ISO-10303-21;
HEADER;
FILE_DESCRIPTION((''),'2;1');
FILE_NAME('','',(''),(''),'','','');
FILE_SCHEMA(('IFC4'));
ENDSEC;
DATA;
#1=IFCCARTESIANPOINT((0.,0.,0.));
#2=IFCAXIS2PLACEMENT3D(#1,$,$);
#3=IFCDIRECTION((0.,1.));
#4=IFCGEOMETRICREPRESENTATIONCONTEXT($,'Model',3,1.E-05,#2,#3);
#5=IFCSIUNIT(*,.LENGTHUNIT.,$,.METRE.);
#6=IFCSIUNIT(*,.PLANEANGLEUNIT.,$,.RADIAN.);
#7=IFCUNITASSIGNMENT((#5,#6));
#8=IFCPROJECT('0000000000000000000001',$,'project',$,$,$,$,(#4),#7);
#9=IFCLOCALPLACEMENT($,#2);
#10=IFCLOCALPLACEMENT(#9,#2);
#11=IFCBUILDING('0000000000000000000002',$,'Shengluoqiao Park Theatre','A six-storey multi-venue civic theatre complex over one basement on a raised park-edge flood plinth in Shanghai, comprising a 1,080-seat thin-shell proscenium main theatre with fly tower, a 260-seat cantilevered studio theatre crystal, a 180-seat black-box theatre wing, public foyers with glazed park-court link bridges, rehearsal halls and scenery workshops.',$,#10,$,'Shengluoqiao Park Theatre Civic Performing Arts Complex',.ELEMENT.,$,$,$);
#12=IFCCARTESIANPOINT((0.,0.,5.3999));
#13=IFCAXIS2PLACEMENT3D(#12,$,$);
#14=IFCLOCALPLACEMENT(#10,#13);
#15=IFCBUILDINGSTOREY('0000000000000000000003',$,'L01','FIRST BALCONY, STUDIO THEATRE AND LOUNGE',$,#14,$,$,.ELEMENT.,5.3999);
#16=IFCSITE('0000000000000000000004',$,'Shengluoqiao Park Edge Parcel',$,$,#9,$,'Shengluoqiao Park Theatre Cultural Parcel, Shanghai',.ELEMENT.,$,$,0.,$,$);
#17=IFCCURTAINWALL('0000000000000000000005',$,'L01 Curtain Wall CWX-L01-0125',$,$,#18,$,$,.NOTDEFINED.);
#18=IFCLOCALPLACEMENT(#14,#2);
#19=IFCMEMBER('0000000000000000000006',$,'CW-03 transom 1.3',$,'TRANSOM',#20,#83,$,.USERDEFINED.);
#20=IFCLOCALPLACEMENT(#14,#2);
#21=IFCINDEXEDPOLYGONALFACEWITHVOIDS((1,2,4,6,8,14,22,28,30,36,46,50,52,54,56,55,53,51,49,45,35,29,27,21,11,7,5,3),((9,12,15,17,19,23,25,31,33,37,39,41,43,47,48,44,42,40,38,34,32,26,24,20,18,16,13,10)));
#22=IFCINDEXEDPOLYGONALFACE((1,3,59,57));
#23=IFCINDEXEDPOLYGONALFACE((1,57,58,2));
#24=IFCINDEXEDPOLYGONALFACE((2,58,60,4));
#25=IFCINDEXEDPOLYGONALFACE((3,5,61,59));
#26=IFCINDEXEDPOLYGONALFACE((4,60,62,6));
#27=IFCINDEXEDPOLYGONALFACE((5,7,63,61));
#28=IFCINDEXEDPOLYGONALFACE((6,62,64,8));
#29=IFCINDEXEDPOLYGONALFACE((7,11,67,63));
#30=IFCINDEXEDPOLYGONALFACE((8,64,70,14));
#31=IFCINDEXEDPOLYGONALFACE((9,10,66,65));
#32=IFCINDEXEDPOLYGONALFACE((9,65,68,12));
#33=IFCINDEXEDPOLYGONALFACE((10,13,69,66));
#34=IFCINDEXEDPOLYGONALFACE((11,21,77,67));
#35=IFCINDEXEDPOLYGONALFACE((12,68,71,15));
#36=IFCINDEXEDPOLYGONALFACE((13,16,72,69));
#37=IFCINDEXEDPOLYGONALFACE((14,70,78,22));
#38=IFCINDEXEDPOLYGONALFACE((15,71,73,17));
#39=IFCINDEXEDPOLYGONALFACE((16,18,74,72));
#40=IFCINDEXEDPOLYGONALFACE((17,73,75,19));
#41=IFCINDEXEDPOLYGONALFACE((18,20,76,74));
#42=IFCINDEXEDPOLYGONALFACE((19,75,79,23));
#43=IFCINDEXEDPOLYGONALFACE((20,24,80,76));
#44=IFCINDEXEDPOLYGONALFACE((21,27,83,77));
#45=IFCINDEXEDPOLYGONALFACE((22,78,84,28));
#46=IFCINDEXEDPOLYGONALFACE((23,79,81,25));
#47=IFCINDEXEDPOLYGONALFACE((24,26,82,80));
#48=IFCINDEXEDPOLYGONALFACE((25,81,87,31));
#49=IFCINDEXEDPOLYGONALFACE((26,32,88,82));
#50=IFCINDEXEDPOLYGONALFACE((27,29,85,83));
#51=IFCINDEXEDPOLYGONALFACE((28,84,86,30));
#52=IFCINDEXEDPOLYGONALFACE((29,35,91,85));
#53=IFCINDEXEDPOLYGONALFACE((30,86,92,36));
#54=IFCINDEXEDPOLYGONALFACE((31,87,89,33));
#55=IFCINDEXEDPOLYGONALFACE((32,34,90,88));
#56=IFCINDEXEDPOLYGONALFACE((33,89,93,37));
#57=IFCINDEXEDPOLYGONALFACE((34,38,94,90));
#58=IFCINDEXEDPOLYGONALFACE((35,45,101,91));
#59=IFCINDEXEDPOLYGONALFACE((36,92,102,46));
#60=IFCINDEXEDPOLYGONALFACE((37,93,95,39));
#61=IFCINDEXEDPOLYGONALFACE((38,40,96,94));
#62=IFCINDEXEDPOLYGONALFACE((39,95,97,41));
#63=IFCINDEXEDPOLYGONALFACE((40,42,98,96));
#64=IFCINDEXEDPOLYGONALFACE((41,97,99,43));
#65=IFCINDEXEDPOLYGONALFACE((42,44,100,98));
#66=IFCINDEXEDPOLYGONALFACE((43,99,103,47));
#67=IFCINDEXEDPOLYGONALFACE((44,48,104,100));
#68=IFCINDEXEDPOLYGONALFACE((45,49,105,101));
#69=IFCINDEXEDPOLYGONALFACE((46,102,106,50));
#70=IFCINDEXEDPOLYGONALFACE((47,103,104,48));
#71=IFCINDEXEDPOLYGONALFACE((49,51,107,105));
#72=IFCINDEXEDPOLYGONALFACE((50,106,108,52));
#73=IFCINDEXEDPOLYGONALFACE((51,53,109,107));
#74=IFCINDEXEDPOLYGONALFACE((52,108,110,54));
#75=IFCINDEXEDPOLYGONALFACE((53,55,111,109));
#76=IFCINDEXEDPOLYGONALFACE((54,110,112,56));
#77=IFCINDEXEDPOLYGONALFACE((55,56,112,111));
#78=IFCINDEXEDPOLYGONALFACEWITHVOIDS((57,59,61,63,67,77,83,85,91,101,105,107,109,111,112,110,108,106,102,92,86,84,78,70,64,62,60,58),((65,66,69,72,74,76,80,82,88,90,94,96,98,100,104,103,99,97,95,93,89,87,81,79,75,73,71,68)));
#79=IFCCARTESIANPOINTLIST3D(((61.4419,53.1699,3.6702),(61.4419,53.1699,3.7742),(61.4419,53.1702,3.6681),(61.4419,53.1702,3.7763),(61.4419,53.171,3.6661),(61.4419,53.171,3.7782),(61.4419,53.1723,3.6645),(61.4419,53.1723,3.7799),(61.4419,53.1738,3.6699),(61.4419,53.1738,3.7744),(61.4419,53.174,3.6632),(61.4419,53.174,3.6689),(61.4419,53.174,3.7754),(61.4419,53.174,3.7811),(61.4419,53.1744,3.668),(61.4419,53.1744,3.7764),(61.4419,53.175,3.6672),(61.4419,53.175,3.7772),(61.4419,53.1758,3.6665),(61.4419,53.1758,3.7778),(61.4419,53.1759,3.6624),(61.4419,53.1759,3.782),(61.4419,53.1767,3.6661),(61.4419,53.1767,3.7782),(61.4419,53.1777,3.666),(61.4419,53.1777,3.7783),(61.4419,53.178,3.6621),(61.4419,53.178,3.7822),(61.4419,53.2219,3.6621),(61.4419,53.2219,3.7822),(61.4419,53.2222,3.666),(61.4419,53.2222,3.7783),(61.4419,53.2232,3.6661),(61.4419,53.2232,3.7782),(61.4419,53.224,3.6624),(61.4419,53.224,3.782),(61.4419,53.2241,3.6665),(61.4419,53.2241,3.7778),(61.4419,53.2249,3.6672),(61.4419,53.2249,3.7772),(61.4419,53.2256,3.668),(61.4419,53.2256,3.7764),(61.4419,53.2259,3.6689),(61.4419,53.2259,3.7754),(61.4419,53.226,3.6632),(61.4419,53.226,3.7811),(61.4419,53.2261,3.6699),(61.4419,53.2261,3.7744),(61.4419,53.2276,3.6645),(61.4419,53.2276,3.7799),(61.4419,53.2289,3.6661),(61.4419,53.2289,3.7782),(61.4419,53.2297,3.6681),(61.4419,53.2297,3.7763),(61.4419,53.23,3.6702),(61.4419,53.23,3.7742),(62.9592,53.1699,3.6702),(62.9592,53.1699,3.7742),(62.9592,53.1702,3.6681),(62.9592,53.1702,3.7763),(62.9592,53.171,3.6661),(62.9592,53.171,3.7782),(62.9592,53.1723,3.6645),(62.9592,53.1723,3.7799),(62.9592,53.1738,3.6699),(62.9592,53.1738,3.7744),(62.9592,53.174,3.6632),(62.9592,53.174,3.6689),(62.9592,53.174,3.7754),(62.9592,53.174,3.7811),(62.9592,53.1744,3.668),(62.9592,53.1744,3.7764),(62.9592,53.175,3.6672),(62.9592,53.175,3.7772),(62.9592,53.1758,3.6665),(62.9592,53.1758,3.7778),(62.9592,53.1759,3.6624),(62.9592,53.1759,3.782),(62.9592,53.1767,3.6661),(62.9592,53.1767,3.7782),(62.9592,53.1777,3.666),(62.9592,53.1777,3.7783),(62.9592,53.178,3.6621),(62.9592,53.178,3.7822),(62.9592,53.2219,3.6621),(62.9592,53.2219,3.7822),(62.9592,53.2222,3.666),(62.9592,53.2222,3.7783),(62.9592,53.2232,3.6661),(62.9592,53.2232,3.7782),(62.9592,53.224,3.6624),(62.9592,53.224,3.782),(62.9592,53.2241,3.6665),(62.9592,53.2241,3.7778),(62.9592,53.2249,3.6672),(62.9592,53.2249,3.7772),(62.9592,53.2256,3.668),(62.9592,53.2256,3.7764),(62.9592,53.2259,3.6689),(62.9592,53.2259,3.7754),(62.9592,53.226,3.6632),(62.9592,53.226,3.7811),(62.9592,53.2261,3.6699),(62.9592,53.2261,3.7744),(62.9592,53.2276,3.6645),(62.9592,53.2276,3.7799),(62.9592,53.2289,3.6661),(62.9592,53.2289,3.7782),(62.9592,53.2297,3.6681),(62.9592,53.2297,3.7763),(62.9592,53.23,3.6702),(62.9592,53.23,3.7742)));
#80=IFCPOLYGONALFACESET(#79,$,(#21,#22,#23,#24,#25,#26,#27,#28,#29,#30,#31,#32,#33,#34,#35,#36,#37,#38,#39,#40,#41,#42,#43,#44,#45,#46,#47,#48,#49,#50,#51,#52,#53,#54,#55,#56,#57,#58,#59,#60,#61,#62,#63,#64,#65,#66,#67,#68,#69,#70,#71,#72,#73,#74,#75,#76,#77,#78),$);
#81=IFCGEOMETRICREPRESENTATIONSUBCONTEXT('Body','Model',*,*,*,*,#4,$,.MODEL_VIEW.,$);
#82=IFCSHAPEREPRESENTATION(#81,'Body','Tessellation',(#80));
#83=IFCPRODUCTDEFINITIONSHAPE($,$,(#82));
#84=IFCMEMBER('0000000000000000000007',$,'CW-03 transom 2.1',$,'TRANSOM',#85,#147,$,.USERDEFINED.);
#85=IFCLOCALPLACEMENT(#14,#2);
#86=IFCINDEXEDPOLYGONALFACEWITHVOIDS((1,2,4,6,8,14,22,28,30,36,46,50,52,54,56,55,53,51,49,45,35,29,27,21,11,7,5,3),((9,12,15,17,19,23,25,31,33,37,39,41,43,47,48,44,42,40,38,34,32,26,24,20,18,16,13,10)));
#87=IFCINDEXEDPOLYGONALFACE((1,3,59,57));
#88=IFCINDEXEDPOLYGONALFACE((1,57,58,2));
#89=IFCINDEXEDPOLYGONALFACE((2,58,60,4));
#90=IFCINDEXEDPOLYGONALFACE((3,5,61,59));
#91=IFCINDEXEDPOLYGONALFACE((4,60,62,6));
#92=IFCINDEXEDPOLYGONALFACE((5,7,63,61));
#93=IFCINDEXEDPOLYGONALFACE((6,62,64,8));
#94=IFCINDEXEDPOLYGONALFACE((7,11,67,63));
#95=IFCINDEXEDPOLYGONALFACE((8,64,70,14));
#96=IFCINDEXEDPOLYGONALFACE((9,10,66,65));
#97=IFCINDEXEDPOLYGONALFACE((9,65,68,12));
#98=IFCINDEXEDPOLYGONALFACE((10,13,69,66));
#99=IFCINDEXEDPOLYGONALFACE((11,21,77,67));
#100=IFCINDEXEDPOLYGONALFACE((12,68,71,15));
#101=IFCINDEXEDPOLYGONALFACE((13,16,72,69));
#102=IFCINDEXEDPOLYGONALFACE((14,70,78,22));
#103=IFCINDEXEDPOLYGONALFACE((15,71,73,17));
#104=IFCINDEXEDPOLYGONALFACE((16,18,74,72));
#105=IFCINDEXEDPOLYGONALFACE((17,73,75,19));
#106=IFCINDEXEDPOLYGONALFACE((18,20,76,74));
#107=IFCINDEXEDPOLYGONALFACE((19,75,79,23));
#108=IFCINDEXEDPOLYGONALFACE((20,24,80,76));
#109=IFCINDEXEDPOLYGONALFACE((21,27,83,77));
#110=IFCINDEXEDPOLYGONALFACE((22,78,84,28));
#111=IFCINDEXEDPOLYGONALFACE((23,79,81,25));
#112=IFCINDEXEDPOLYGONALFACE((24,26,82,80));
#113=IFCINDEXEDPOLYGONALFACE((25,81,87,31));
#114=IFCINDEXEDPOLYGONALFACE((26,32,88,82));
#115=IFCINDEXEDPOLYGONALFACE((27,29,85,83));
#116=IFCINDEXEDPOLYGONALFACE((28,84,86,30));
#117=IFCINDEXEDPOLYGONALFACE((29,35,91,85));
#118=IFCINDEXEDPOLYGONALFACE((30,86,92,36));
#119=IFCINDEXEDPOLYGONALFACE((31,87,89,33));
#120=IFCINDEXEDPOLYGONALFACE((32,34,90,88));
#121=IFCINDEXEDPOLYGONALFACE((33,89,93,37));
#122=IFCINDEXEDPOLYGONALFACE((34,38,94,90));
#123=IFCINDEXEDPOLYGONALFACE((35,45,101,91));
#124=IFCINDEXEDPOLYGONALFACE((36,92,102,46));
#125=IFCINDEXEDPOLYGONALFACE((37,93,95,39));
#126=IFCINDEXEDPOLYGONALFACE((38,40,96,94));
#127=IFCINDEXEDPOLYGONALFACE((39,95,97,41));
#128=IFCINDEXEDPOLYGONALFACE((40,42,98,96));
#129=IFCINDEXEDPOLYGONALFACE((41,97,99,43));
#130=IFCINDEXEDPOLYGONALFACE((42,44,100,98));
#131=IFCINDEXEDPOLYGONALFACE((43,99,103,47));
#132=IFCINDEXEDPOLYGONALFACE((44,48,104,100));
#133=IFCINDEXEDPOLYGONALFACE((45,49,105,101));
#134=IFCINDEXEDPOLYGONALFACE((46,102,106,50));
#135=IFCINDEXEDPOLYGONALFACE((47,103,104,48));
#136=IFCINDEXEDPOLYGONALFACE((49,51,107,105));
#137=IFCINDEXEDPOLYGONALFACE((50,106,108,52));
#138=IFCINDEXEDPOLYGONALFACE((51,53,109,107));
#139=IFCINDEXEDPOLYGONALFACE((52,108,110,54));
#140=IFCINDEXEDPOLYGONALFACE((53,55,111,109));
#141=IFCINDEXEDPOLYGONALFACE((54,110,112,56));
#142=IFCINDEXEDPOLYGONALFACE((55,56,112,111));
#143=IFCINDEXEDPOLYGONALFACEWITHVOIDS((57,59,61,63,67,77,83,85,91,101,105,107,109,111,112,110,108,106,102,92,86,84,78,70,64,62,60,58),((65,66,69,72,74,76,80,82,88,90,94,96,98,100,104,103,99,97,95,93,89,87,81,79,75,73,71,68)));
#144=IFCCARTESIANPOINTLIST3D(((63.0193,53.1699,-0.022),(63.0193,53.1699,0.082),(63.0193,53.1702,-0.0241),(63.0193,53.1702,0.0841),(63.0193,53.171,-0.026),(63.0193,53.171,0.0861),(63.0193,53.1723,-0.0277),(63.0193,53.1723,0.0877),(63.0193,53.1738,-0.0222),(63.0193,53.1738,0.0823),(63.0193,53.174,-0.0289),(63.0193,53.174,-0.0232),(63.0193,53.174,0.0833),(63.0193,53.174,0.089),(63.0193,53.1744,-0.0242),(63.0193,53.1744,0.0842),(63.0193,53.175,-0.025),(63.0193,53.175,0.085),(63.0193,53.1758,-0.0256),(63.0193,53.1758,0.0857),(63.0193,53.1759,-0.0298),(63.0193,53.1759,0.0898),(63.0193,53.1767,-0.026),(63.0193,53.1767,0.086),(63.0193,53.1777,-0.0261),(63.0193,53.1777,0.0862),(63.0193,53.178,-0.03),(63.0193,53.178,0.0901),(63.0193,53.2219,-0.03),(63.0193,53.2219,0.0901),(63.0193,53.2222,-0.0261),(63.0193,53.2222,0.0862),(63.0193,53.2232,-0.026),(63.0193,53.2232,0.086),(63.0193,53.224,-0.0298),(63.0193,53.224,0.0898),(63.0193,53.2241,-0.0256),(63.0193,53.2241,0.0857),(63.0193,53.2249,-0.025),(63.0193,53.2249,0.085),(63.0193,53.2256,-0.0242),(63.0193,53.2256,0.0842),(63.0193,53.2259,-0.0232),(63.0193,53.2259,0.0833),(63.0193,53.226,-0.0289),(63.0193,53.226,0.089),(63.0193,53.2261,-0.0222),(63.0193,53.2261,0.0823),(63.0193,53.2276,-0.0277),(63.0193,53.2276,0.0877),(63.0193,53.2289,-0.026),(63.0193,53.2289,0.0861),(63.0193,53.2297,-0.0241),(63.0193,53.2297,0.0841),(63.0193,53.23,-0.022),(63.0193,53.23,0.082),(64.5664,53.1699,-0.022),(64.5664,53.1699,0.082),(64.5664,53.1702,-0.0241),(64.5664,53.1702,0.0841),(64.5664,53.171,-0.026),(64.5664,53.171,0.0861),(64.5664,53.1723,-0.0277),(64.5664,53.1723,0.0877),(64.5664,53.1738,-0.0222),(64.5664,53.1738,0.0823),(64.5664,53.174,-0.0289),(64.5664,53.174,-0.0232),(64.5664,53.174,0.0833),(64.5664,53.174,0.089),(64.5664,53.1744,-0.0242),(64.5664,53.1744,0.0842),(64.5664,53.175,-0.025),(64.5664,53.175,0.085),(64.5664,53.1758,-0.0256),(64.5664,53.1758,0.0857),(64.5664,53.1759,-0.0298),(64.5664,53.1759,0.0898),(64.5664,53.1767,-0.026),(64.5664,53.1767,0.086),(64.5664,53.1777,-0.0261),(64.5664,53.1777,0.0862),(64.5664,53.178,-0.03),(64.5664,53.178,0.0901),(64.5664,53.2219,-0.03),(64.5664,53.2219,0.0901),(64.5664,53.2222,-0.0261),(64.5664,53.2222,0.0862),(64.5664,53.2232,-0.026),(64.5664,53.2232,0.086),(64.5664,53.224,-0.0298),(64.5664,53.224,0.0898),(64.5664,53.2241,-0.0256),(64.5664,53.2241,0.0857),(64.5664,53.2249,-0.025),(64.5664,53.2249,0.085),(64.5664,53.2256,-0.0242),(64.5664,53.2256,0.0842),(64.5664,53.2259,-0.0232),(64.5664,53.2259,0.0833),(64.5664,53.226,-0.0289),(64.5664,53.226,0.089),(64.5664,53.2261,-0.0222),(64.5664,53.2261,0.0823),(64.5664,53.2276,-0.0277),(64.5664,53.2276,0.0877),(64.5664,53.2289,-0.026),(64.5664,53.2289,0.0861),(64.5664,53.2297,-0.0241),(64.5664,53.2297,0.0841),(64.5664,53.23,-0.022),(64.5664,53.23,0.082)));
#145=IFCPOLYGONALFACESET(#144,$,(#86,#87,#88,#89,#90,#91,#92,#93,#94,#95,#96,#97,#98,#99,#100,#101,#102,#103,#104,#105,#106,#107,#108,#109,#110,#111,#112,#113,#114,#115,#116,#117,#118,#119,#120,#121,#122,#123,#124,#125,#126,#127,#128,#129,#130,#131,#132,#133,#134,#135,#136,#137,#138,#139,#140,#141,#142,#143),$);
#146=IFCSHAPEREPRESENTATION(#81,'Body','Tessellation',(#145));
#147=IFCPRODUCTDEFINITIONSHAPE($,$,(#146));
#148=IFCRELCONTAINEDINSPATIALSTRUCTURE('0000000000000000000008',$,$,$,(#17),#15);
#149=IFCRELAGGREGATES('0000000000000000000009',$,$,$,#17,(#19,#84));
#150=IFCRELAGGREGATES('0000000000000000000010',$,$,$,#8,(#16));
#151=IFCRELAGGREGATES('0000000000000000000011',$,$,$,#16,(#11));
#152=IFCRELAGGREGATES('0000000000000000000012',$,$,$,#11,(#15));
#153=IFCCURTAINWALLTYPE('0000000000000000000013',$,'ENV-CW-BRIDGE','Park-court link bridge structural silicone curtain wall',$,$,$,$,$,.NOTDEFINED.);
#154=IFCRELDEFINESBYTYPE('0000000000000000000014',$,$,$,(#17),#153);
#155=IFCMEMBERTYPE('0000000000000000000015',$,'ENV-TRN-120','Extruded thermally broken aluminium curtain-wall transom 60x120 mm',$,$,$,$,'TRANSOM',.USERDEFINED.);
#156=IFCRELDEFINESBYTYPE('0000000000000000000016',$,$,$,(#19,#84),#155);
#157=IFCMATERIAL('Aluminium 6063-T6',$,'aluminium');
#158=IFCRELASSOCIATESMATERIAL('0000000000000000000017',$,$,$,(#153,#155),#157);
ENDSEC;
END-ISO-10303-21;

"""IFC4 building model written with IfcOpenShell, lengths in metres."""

from ifc_helpers import new_model, si_unit, direction, frame, origin, origin_2d, place, context, subcontext, project, spatial, hollow_rectangle, extrude, material, material_profile, profile_set, type_object, element, aggregate, save


model = new_model("IFC4")

# Units and contexts
model_context = context("Model", 3, precision=1e-05, world=origin(), true_north=direction((0.0, 1.0)))
body_context = subcontext(model_context, "Body", "Model", "MODEL_VIEW")
ifc_project = project(units=[si_unit("LENGTHUNIT", "METRE"), si_unit("PLANEANGLEUNIT", "RADIAN")], contexts=[model_context])

# Site, building, storey
site_placement = place(None, origin())
site = spatial("IfcSite", under=ifc_project, at=site_placement, Name="Shengluoqiao Park Edge Parcel", LongName="Shengluoqiao Park Theatre Cultural Parcel, Shanghai", CompositionType="ELEMENT", RefElevation=0.0)
building_placement = place(site_placement, origin())
building = spatial("IfcBuilding", under=site, at=building_placement, Name="Shengluoqiao Park Theatre", Description="A six-storey multi-venue civic theatre complex over one basement on a raised park-edge flood plinth in Shanghai, comprising a 1,080-seat thin-shell proscenium main theatre with fly tower, a 260-seat cantilevered studio theatre crystal, a 180-seat black-box theatre wing, public foyers with glazed park-court link bridges, rehearsal halls and scenery workshops.", LongName="Shengluoqiao Park Theatre Civic Performing Arts Complex", CompositionType="ELEMENT")
storey_placement = place(building_placement, frame((0.0, 0.0, 5.3999)))
storey = spatial("IfcBuildingStorey", under=building, at=storey_placement, Name="L01", Description="FIRST BALCONY, STUDIO THEATRE AND LOUNGE", CompositionType="ELEMENT", Elevation=5.3999)

# Curtain wall
ifc_material_1 = material(Name="Aluminium 6063-T6", Category="aluminium")
curtain_wall_type = type_object("IfcCurtainWallType", Name="ENV-CW-BRIDGE", Description="Park-court link bridge structural silicone curtain wall", PredefinedType="NOTDEFINED", material=ifc_material_1)
curtain_wall_1_placement = place(storey_placement, origin())
curtain_wall_1 = element("IfcCurtainWall", 1, at=curtain_wall_1_placement, inside=storey, type_object=curtain_wall_type, Name="L01 Curtain Wall CWX-L01-0125", PredefinedType="NOTDEFINED")

# Members
ifc_material_profile_1 = material_profile(ifc_material_1, hollow_rectangle(XDim=0.0601, YDim=0.1201, WallThickness=0.0039, InnerFilletRadius=0.0039, OuterFilletRadius=0.0081, at=origin_2d()), Name="ALU TRANSOM 120x60x4")
ifc_profile_set_1 = profile_set([ifc_material_profile_1], Name="Aluminium 6063-T6")
member_type_1 = type_object("IfcMemberType", Name="ENV-TRN-120", Description="Extruded thermally broken aluminium curtain-wall transom 60x120 mm", ElementType="TRANSOM", PredefinedType="USERDEFINED", material=ifc_profile_set_1)
member_1_placement = place(storey_placement, frame((61.4419, 53.2, 3.7222), z_axis=(1.0, 0.0, 0.0), x_axis=(0.0, 1.0, 0.0)))
member_1 = element("IfcMember", 2, at=member_1_placement, type_object=member_type_1, Name="CW-03 transom 1.3", ObjectType="TRANSOM", PredefinedType="USERDEFINED", context=body_context, shape_type="SweptSolid", body=[
    extrude(hollow_rectangle(XDim=0.0601, YDim=0.1201, WallThickness=0.0039, InnerFilletRadius=0.0039, OuterFilletRadius=0.0081, at=origin_2d()), origin(), (0.0, 0.0, 1.0), 1.5173),
])
member_2_placement = place(storey_placement, frame((63.0193, 53.2, 0.03), z_axis=(1.0, 0.0, 0.0), x_axis=(0.0, 1.0, 0.0)))
member_2 = element("IfcMember", 3, at=member_2_placement, type_object=member_type_1, Name="CW-03 transom 2.1", ObjectType="TRANSOM", PredefinedType="USERDEFINED", context=body_context, shape_type="SweptSolid", body=[
    extrude(hollow_rectangle(XDim=0.0601, YDim=0.1201, WallThickness=0.0039, InnerFilletRadius=0.0039, OuterFilletRadius=0.0081, at=origin_2d()), origin(), (0.0, 0.0, 1.0), 1.5471),
])

aggregate(curtain_wall_1, [member_1, member_2])

save(model, "model.ifc")
